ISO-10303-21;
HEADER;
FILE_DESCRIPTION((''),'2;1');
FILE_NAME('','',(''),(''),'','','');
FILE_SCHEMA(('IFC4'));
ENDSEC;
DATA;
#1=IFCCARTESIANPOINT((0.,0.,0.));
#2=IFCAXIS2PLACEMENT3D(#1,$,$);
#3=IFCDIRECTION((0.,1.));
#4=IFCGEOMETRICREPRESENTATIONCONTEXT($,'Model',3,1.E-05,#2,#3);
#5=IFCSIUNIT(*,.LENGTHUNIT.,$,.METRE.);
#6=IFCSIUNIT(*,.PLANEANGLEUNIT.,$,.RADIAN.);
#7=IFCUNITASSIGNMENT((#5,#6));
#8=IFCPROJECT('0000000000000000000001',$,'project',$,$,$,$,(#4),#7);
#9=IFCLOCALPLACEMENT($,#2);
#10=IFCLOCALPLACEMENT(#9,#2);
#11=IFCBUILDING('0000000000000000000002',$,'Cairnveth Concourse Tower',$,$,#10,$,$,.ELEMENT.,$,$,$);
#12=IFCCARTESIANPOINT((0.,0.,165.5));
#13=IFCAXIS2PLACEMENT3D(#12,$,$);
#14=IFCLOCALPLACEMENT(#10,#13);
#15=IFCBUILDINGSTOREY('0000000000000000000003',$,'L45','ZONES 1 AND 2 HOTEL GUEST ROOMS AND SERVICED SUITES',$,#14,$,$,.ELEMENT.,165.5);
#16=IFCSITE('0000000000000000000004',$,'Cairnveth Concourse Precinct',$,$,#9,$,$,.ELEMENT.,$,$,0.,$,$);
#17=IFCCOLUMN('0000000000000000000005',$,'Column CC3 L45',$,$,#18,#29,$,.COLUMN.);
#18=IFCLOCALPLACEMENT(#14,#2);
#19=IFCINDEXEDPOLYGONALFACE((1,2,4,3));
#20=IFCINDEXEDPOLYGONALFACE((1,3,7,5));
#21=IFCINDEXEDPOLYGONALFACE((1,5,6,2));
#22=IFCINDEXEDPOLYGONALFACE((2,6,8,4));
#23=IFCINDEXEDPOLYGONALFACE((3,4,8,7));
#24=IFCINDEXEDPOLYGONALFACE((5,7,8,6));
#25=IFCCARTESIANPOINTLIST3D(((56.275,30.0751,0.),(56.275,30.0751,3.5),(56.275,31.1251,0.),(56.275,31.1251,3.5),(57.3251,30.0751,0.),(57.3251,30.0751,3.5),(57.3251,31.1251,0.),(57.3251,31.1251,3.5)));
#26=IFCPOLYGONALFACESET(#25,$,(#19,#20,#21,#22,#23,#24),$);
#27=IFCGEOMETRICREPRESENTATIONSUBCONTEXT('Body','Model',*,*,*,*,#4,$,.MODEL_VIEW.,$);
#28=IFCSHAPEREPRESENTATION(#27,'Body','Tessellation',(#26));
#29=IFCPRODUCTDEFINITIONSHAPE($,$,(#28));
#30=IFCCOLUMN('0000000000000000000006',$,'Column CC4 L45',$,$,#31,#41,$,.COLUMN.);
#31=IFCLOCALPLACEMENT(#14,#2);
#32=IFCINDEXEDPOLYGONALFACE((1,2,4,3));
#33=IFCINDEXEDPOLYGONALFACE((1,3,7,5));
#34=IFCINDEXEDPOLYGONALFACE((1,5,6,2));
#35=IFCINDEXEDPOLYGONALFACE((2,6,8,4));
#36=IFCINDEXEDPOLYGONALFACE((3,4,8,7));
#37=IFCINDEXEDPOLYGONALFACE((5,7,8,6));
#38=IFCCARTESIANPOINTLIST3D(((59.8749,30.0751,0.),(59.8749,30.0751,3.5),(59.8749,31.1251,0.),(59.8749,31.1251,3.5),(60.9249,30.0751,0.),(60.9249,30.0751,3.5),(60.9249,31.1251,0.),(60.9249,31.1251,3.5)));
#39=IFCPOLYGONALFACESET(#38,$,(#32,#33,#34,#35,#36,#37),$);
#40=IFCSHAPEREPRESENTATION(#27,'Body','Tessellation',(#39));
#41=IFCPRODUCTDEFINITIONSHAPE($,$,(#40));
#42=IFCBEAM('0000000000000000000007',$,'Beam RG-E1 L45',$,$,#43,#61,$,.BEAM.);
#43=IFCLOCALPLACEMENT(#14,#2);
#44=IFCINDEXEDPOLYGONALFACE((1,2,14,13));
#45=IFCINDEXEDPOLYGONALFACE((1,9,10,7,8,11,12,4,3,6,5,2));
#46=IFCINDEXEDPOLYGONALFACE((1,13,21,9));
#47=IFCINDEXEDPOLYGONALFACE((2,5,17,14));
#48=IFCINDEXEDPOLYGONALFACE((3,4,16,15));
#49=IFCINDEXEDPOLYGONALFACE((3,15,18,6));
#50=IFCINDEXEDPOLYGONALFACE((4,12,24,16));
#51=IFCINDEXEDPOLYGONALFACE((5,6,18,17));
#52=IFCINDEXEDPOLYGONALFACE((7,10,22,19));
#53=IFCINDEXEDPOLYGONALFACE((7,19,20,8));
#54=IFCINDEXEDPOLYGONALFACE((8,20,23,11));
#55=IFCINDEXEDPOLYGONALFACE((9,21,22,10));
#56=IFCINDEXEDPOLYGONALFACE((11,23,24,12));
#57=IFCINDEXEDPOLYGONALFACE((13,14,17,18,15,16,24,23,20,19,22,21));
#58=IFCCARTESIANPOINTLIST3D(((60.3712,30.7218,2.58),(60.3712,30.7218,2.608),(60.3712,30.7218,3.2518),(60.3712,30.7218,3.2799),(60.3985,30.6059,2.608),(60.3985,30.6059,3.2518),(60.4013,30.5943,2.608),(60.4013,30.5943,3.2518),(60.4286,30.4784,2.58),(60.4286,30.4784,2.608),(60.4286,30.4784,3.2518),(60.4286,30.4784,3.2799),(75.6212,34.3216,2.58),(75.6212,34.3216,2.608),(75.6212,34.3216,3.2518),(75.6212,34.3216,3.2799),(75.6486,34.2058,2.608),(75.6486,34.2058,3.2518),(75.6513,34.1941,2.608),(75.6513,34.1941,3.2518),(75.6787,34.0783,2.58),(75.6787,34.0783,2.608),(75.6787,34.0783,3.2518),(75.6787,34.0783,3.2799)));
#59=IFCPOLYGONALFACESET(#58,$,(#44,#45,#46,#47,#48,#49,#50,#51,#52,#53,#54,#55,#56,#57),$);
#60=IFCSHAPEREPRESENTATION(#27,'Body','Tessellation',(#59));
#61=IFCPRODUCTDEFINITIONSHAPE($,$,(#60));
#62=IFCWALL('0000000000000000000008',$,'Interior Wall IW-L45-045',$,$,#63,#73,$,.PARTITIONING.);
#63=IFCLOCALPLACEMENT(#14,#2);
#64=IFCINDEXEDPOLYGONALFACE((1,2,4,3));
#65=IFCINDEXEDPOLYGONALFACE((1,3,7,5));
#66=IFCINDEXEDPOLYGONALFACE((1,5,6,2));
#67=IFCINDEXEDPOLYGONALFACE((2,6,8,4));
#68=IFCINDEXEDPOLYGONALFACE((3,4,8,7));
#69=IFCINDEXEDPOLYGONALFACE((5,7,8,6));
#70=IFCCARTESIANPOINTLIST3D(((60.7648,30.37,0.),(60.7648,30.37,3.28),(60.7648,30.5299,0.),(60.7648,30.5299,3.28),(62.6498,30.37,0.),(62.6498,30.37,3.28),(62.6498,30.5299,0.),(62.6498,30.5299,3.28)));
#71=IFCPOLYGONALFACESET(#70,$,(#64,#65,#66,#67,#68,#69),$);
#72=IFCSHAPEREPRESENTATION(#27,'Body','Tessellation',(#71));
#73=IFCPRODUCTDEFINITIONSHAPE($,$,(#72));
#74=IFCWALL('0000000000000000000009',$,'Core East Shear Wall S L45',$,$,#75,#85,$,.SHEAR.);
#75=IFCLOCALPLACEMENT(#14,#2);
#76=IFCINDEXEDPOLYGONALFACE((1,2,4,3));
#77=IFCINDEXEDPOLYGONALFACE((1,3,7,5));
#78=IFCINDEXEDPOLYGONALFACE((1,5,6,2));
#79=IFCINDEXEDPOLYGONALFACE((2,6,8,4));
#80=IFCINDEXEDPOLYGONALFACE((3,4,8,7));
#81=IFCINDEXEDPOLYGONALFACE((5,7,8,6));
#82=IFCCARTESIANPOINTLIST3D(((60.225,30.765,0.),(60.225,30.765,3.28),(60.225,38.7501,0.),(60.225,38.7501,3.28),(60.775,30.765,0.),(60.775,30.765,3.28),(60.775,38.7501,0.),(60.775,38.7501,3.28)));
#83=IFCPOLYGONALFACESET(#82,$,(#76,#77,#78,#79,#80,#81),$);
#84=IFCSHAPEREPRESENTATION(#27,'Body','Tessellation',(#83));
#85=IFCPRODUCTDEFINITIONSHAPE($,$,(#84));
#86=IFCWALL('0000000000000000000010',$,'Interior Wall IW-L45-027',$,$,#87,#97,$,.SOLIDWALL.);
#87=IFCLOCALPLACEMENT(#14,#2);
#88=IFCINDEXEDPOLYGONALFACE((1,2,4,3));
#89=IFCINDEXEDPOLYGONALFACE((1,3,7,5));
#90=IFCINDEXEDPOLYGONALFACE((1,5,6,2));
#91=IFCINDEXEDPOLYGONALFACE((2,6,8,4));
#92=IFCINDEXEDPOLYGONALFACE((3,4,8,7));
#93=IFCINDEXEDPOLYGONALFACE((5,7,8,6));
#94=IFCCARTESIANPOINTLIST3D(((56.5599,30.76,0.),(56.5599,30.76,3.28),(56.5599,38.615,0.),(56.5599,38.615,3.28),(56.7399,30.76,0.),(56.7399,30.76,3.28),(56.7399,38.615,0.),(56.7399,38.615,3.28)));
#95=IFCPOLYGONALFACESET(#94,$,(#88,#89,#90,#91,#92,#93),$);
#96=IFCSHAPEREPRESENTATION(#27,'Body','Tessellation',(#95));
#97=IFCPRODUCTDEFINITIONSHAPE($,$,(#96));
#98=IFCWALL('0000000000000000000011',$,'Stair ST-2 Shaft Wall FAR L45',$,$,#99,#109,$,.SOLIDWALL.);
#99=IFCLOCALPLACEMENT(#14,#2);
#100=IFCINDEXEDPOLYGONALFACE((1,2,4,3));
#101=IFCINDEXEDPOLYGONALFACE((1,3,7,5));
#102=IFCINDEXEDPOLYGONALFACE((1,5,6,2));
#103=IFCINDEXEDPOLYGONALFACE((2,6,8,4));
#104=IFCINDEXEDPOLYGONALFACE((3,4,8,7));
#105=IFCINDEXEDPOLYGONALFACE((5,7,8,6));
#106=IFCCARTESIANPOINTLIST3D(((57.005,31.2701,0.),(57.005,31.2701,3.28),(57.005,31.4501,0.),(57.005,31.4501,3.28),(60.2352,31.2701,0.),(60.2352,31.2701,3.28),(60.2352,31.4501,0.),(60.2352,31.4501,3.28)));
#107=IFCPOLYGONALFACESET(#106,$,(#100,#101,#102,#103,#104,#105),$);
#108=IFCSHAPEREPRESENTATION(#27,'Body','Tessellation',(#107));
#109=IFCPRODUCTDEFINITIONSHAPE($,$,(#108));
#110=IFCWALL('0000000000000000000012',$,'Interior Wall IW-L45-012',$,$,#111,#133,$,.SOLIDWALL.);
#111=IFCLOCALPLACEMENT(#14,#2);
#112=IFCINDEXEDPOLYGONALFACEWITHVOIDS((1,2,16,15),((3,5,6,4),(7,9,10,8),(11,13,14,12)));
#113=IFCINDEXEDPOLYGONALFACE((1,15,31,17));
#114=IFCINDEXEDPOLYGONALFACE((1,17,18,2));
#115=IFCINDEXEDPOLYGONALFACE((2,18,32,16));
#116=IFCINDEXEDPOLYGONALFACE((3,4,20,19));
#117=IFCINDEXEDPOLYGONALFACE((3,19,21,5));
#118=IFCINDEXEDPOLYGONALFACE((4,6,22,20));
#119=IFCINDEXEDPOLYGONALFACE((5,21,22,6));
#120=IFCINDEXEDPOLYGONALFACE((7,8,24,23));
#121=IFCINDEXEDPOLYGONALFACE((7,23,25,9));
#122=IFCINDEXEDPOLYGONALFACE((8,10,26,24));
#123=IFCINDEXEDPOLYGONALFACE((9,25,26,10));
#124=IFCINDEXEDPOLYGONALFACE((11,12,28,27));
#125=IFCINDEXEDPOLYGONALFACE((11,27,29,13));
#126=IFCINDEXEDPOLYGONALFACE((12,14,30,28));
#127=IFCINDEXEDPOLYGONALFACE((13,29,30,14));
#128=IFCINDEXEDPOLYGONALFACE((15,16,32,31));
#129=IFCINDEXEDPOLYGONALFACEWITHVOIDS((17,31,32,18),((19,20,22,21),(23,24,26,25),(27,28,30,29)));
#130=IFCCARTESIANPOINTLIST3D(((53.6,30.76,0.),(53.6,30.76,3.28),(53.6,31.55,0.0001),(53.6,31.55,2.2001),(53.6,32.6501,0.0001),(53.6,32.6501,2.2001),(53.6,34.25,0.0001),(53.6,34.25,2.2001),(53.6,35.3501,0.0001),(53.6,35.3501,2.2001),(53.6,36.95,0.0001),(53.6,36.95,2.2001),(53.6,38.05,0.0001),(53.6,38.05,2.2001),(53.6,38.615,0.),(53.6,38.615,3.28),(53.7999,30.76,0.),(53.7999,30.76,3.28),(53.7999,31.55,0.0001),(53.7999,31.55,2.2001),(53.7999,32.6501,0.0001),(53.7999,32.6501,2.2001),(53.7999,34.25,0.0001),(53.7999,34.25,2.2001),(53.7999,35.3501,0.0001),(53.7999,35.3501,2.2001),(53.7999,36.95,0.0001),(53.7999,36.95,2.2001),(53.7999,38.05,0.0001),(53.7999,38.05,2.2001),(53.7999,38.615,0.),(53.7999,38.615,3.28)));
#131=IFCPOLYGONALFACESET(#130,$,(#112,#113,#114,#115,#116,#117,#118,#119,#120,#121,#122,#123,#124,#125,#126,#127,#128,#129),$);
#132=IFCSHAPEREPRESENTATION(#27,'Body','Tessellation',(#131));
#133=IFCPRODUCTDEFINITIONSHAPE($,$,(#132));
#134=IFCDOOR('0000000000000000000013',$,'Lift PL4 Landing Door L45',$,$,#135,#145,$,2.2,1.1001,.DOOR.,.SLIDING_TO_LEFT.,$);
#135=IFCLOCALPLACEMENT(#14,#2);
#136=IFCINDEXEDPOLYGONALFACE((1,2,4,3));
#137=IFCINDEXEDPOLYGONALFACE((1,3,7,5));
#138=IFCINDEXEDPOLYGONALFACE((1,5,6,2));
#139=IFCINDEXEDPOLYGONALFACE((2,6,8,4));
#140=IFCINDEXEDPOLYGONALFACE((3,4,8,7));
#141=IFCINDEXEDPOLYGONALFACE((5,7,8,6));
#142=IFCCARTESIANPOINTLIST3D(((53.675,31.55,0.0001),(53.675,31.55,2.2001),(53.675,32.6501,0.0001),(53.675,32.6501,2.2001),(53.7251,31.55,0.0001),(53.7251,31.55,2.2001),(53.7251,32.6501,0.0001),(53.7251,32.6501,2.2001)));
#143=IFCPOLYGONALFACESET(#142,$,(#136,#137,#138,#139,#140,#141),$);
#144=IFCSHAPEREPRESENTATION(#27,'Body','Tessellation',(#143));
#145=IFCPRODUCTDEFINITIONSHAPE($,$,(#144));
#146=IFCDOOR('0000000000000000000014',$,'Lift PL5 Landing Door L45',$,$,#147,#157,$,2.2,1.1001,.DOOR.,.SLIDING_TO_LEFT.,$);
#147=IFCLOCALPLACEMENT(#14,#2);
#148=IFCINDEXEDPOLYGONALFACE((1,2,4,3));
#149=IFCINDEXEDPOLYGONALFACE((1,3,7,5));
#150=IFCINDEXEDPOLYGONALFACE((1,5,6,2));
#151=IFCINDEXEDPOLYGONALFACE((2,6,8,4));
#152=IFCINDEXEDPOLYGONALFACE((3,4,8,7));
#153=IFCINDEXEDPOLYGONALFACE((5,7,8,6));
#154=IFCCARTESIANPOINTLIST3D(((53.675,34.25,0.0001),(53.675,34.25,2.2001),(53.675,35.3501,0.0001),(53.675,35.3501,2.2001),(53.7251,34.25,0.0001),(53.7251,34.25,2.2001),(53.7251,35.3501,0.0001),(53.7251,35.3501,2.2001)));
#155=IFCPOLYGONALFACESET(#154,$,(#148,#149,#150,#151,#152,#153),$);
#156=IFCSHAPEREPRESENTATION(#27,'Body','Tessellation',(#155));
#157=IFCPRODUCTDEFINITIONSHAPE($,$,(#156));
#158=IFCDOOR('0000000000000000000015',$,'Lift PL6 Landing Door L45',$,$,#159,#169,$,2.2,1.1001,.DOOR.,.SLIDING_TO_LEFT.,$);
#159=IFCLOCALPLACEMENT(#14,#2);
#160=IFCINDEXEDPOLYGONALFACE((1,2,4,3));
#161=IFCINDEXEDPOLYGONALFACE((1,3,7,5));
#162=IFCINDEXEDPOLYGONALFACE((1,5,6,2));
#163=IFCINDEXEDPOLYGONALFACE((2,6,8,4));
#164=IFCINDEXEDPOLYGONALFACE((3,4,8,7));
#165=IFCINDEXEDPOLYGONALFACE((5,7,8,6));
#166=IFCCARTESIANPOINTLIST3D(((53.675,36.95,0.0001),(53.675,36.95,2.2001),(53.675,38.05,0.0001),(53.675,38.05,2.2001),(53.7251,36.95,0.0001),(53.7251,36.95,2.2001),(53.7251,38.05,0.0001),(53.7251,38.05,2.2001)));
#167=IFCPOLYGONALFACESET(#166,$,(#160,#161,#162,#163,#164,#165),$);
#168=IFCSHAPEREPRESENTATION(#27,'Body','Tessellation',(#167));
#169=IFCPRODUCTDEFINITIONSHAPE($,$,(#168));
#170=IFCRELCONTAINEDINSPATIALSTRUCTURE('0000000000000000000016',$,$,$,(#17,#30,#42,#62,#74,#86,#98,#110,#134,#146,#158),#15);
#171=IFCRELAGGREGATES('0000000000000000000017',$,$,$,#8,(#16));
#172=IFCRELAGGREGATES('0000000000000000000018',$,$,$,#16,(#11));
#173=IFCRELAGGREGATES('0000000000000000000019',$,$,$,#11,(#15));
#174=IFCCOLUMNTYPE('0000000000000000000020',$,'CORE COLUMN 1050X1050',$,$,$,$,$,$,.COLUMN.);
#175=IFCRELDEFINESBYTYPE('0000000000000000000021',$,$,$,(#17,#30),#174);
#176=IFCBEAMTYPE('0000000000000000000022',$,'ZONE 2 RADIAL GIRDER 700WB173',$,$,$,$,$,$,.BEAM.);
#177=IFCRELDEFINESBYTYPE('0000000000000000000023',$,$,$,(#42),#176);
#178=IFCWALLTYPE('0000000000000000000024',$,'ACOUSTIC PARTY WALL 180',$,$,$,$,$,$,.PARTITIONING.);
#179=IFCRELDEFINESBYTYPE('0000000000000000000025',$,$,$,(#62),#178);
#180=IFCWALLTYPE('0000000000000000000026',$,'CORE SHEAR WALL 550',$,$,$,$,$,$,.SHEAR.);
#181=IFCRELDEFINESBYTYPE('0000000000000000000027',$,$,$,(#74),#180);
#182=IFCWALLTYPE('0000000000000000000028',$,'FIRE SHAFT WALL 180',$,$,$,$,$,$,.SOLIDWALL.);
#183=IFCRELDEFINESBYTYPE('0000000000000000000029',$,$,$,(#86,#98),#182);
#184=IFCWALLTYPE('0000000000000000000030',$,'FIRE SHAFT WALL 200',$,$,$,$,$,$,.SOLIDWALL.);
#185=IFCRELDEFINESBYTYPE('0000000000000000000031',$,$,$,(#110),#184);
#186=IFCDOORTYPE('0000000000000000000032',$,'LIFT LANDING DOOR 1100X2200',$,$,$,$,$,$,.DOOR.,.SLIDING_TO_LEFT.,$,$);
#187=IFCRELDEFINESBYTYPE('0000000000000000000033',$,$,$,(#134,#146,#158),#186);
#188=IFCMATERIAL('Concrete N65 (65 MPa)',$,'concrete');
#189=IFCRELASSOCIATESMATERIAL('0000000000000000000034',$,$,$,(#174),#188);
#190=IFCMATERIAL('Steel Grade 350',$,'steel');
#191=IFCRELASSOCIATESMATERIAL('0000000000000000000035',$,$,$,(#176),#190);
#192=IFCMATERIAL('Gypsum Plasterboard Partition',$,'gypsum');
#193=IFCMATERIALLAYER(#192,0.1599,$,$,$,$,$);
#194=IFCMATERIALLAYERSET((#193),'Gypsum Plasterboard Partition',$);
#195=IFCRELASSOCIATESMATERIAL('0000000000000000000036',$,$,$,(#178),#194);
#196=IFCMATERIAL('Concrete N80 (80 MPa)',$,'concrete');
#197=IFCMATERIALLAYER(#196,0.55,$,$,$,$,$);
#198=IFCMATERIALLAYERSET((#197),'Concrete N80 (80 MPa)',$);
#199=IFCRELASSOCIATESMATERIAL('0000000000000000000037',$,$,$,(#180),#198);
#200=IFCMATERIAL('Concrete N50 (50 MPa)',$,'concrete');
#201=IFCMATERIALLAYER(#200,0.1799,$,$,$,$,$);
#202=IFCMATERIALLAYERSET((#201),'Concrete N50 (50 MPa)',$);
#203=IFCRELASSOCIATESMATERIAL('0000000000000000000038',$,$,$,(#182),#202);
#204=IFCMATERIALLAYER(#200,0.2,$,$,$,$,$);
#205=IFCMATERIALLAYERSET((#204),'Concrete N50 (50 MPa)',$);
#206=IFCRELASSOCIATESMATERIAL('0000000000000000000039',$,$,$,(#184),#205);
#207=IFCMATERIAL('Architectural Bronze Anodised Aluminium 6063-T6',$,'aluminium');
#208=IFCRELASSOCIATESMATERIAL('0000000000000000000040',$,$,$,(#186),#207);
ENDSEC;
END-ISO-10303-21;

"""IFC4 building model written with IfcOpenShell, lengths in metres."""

from ifc_helpers import new_model, si_unit, direction, frame, frame_2d, origin, origin_2d, place, context, subcontext, project, spatial, rectangle, i_section, extrude, material, layer, layer_set, material_profile, profile_set, type_object, element, fill, save


model = new_model("IFC4")

# Units and contexts
model_context = context("Model", 3, precision=1e-05, world=origin(), true_north=direction((0.0, 1.0)))
body_context = subcontext(model_context, "Body", "Model", "MODEL_VIEW")
ifc_project = project(units=[si_unit("LENGTHUNIT", "METRE"), si_unit("PLANEANGLEUNIT", "RADIAN")], contexts=[model_context])

# Site, building, storey
site_placement = place(None, origin())
site = spatial("IfcSite", under=ifc_project, at=site_placement, Name="Cairnveth Concourse Precinct", CompositionType="ELEMENT", RefElevation=0.0)
building_placement = place(site_placement, origin())
building = spatial("IfcBuilding", under=site, at=building_placement, Name="Cairnveth Concourse Tower", CompositionType="ELEMENT")
storey_placement = place(building_placement, frame((0.0, 0.0, 165.5)))
storey = spatial("IfcBuildingStorey", under=building, at=storey_placement, Name="L45", Description="ZONES 1 AND 2 HOTEL GUEST ROOMS AND SERVICED SUITES", CompositionType="ELEMENT", Elevation=165.5)

# Columns
ifc_material_1 = material(Name="Concrete N65 (65 MPa)", Category="concrete")
ifc_material_profile_1 = material_profile(ifc_material_1, rectangle(XDim=1.05, YDim=1.05, at=origin_2d()), Name="RC-COL-1050x1050")
ifc_profile_set_1 = profile_set([ifc_material_profile_1], Name="Concrete N65 (65 MPa)")
column_type = type_object("IfcColumnType", Name="CORE COLUMN 1050X1050", PredefinedType="COLUMN", material=ifc_profile_set_1)
for number, where, z_axis, x_axis, name in (
    (1, (56.8, 30.6001, 0.0), (0.0, 0.0, 1.0), (1.0, 0.0, 0.0), "Column CC3 L45"),
    (2, (60.3999, 30.6001, 0.0), (0.0, 0.0, 1.0), (1.0, 0.0, 0.0), "Column CC4 L45"),
):
    element("IfcColumn", number, at=place(storey_placement, frame(where, z_axis=z_axis, x_axis=x_axis)), inside=storey, type_object=column_type, Name=name, PredefinedType="COLUMN", context=body_context, shape_type="SweptSolid", body=[
        extrude(rectangle(XDim=1.05, YDim=1.05, at=origin_2d()), origin(), (0.0, 0.0, 1.0), 3.5),
    ])

# Beam
ifc_material_2 = material(Name="Steel Grade 350", Category="steel")
ifc_material_profile_2 = material_profile(ifc_material_2, i_section(OverallWidth=0.25, OverallDepth=0.7, WebThickness=0.012, FlangeThickness=0.0281, at=origin_2d()), Name="700WB173")
ifc_profile_set_2 = profile_set([ifc_material_profile_2], Name="Steel Grade 350")
beam_type = type_object("IfcBeamType", Name="ZONE 2 RADIAL GIRDER 700WB173", PredefinedType="BEAM", material=ifc_profile_set_2)
beam_placement = place(storey_placement, frame((60.3999, 30.6001, 2.9299), z_axis=(0.973252, 0.229742, 0.0), x_axis=(-0.229742, 0.973252, 0.0)))
element("IfcBeam", 3, at=beam_placement, inside=storey, type_object=beam_type, Name="Beam RG-E1 L45", PredefinedType="BEAM", context=body_context, shape_type="SweptSolid", body=[
    extrude(i_section(OverallWidth=0.25, OverallDepth=0.7, WebThickness=0.012, FlangeThickness=0.0281, at=origin_2d()), origin(), (0.0, 0.0, 1.0), 15.6692),
])

# Walls
ifc_material_3 = material(Name="Gypsum Plasterboard Partition", Category="gypsum")
ifc_layer_1 = layer(ifc_material_3, 0.1599)
ifc_layer_set_1 = layer_set([ifc_layer_1], Name="Gypsum Plasterboard Partition")
wall_type_1 = type_object("IfcWallType", Name="ACOUSTIC PARTY WALL 180", PredefinedType="PARTITIONING", material=ifc_layer_set_1)
wall_1_placement = place(storey_placement, frame((60.7649, 30.45, 0.0), z_axis=(0.0, 0.0, 1.0), x_axis=(1.0, 0.0, 0.0)))
element("IfcWall", 4, at=wall_1_placement, inside=storey, type_object=wall_type_1, Name="Interior Wall IW-L45-045", PredefinedType="PARTITIONING", context=body_context, shape_type="SweptSolid", body=[
    extrude(rectangle(XDim=1.885, YDim=0.1599, at=frame_2d((0.9424, 0.0))), origin(), (0.0, 0.0, 1.0), 3.28),
])
ifc_material_4 = material(Name="Concrete N80 (80 MPa)", Category="concrete")
ifc_layer_2 = layer(ifc_material_4, 0.55)
ifc_layer_set_2 = layer_set([ifc_layer_2], Name="Concrete N80 (80 MPa)")
wall_type_2 = type_object("IfcWallType", Name="CORE SHEAR WALL 550", PredefinedType="SHEAR", material=ifc_layer_set_2)
wall_2_placement = place(storey_placement, frame((60.5, 30.7649, 0.0), z_axis=(0.0, 0.0, 1.0), x_axis=(0.0, 1.0, 0.0)))
element("IfcWall", 5, at=wall_2_placement, inside=storey, type_object=wall_type_2, Name="Core East Shear Wall S L45", PredefinedType="SHEAR", context=body_context, shape_type="SweptSolid", body=[
    extrude(rectangle(XDim=7.9851, YDim=0.55, at=frame_2d((3.9927, 0.0))), origin(), (0.0, 0.0, 1.0), 3.28),
])
ifc_material_5 = material(Name="Concrete N50 (50 MPa)", Category="concrete")
ifc_layer_3 = layer(ifc_material_5, 0.1799)
ifc_layer_set_3 = layer_set([ifc_layer_3], Name="Concrete N50 (50 MPa)")
wall_type_3 = type_object("IfcWallType", Name="FIRE SHAFT WALL 180", PredefinedType="SOLIDWALL", material=ifc_layer_set_3)
wall_3_placement = place(storey_placement, frame((56.6499, 30.76, 0.0), z_axis=(0.0, 0.0, 1.0), x_axis=(0.0, 1.0, 0.0)))
element("IfcWall", 6, at=wall_3_placement, inside=storey, type_object=wall_type_3, Name="Interior Wall IW-L45-027", PredefinedType="SOLIDWALL", context=body_context, shape_type="SweptSolid", body=[
    extrude(rectangle(XDim=7.855, YDim=0.1799, at=frame_2d((3.9275, 0.0))), origin(), (0.0, 0.0, 1.0), 3.28),
])
wall_4_placement = place(storey_placement, frame((57.0049, 31.3601, 0.0), z_axis=(0.0, 0.0, 1.0), x_axis=(1.0, 0.0, 0.0)))
element("IfcWall", 7, at=wall_4_placement, inside=storey, type_object=wall_type_3, Name="Stair ST-2 Shaft Wall FAR L45", PredefinedType="SOLIDWALL", context=body_context, shape_type="SweptSolid", body=[
    extrude(rectangle(XDim=3.2302, YDim=0.1799, at=frame_2d((1.6152, 0.0))), origin(), (0.0, 0.0, 1.0), 3.28),
])

# Wall, openings, doors
ifc_layer_4 = layer(ifc_material_5, 0.2)
ifc_layer_set_4 = layer_set([ifc_layer_4], Name="Concrete N50 (50 MPa)")
wall_type_4 = type_object("IfcWallType", Name="FIRE SHAFT WALL 200", PredefinedType="SOLIDWALL", material=ifc_layer_set_4)
wall_5_placement = place(storey_placement, frame((53.7, 30.76, 0.0), z_axis=(0.0, 0.0, 1.0), x_axis=(0.0, 1.0, 0.0)))
wall_5 = element("IfcWall", 8, at=wall_5_placement, inside=storey, type_object=wall_type_4, Name="Interior Wall IW-L45-012", PredefinedType="SOLIDWALL", context=body_context, shape_type="SweptSolid", body=[
    extrude(rectangle(XDim=7.855, YDim=0.2, at=frame_2d((3.9275, 0.0))), origin(), (0.0, 0.0, 1.0), 3.28),
])
opening_1_placement = place(wall_5_placement, frame((0.79, 0.0, 0.0)))
opening_1 = element("IfcOpeningElement", 9, at=opening_1_placement, cuts=wall_5, PredefinedType="OPENING", context=body_context, shape_type="SweptSolid", body=[
    extrude(rectangle(XDim=1.1001, YDim=2.2, at=frame_2d((0.55, 1.1001))), frame((0.0, 0.1099, 0.0), z_axis=(0.0, -1.0, 0.0), x_axis=(1.0, 0.0, 0.0)), (0.0, 0.0, 1.0), 0.22),
])
opening_2_placement = place(wall_5_placement, frame((3.49, 0.0, 0.0)))
opening_2 = element("IfcOpeningElement", 10, at=opening_2_placement, cuts=wall_5, PredefinedType="OPENING", context=body_context, shape_type="SweptSolid", body=[
    extrude(rectangle(XDim=1.1001, YDim=2.2, at=frame_2d((0.55, 1.1001))), frame((0.0, 0.1099, 0.0), z_axis=(0.0, -1.0, 0.0), x_axis=(1.0, 0.0, 0.0)), (0.0, 0.0, 1.0), 0.22),
])
opening_3_placement = place(wall_5_placement, frame((6.1899, 0.0, 0.0)))
opening_3 = element("IfcOpeningElement", 11, at=opening_3_placement, cuts=wall_5, PredefinedType="OPENING", context=body_context, shape_type="SweptSolid", body=[
    extrude(rectangle(XDim=1.1001, YDim=2.2, at=frame_2d((0.55, 1.1001))), frame((0.0, 0.1099, 0.0), z_axis=(0.0, -1.0, 0.0), x_axis=(1.0, 0.0, 0.0)), (0.0, 0.0, 1.0), 0.22),
])
ifc_material_6 = material(Name="Architectural Bronze Anodised Aluminium 6063-T6", Category="aluminium")
door_type_1 = type_object("IfcDoorType", Name="LIFT LANDING DOOR 1100X2200", OperationType="SLIDING_TO_LEFT", PredefinedType="DOOR", material=ifc_material_6)
door_1_placement = place(opening_1_placement, origin())
door_1 = element("IfcDoor", 12, at=door_1_placement, inside=storey, type_object=door_type_1, Name="Lift PL4 Landing Door L45", OperationType="SLIDING_TO_LEFT", OverallHeight=2.2, OverallWidth=1.1001, PredefinedType="DOOR", context=body_context, shape_type="SweptSolid", body=[
    extrude(rectangle(XDim=1.1001, YDim=2.2, at=frame_2d((0.55, 1.1001))), frame((0.0, 0.0249, 0.0), z_axis=(0.0, -1.0, 0.0), x_axis=(1.0, 0.0, 0.0)), (0.0, 0.0, 1.0), 0.05),
])
fill(opening_1, door_1)
door_2_placement = place(opening_2_placement, origin())
door_2 = element("IfcDoor", 13, at=door_2_placement, inside=storey, type_object=door_type_1, Name="Lift PL5 Landing Door L45", OperationType="SLIDING_TO_LEFT", OverallHeight=2.2, OverallWidth=1.1001, PredefinedType="DOOR", context=body_context, shape_type="SweptSolid", body=[
    extrude(rectangle(XDim=1.1001, YDim=2.2, at=frame_2d((0.55, 1.1001))), frame((0.0, 0.0249, 0.0), z_axis=(0.0, -1.0, 0.0), x_axis=(1.0, 0.0, 0.0)), (0.0, 0.0, 1.0), 0.05),
])
fill(opening_2, door_2)
door_3_placement = place(opening_3_placement, origin())
door_3 = element("IfcDoor", 14, at=door_3_placement, inside=storey, type_object=door_type_1, Name="Lift PL6 Landing Door L45", OperationType="SLIDING_TO_LEFT", OverallHeight=2.2, OverallWidth=1.1001, PredefinedType="DOOR", context=body_context, shape_type="SweptSolid", body=[
    extrude(rectangle(XDim=1.1001, YDim=2.2, at=frame_2d((0.55, 1.1001))), frame((0.0, 0.0249, 0.0), z_axis=(0.0, -1.0, 0.0), x_axis=(1.0, 0.0, 0.0)), (0.0, 0.0, 1.0), 0.05),
])
fill(opening_3, door_3)

save(model, "model.ifc")
